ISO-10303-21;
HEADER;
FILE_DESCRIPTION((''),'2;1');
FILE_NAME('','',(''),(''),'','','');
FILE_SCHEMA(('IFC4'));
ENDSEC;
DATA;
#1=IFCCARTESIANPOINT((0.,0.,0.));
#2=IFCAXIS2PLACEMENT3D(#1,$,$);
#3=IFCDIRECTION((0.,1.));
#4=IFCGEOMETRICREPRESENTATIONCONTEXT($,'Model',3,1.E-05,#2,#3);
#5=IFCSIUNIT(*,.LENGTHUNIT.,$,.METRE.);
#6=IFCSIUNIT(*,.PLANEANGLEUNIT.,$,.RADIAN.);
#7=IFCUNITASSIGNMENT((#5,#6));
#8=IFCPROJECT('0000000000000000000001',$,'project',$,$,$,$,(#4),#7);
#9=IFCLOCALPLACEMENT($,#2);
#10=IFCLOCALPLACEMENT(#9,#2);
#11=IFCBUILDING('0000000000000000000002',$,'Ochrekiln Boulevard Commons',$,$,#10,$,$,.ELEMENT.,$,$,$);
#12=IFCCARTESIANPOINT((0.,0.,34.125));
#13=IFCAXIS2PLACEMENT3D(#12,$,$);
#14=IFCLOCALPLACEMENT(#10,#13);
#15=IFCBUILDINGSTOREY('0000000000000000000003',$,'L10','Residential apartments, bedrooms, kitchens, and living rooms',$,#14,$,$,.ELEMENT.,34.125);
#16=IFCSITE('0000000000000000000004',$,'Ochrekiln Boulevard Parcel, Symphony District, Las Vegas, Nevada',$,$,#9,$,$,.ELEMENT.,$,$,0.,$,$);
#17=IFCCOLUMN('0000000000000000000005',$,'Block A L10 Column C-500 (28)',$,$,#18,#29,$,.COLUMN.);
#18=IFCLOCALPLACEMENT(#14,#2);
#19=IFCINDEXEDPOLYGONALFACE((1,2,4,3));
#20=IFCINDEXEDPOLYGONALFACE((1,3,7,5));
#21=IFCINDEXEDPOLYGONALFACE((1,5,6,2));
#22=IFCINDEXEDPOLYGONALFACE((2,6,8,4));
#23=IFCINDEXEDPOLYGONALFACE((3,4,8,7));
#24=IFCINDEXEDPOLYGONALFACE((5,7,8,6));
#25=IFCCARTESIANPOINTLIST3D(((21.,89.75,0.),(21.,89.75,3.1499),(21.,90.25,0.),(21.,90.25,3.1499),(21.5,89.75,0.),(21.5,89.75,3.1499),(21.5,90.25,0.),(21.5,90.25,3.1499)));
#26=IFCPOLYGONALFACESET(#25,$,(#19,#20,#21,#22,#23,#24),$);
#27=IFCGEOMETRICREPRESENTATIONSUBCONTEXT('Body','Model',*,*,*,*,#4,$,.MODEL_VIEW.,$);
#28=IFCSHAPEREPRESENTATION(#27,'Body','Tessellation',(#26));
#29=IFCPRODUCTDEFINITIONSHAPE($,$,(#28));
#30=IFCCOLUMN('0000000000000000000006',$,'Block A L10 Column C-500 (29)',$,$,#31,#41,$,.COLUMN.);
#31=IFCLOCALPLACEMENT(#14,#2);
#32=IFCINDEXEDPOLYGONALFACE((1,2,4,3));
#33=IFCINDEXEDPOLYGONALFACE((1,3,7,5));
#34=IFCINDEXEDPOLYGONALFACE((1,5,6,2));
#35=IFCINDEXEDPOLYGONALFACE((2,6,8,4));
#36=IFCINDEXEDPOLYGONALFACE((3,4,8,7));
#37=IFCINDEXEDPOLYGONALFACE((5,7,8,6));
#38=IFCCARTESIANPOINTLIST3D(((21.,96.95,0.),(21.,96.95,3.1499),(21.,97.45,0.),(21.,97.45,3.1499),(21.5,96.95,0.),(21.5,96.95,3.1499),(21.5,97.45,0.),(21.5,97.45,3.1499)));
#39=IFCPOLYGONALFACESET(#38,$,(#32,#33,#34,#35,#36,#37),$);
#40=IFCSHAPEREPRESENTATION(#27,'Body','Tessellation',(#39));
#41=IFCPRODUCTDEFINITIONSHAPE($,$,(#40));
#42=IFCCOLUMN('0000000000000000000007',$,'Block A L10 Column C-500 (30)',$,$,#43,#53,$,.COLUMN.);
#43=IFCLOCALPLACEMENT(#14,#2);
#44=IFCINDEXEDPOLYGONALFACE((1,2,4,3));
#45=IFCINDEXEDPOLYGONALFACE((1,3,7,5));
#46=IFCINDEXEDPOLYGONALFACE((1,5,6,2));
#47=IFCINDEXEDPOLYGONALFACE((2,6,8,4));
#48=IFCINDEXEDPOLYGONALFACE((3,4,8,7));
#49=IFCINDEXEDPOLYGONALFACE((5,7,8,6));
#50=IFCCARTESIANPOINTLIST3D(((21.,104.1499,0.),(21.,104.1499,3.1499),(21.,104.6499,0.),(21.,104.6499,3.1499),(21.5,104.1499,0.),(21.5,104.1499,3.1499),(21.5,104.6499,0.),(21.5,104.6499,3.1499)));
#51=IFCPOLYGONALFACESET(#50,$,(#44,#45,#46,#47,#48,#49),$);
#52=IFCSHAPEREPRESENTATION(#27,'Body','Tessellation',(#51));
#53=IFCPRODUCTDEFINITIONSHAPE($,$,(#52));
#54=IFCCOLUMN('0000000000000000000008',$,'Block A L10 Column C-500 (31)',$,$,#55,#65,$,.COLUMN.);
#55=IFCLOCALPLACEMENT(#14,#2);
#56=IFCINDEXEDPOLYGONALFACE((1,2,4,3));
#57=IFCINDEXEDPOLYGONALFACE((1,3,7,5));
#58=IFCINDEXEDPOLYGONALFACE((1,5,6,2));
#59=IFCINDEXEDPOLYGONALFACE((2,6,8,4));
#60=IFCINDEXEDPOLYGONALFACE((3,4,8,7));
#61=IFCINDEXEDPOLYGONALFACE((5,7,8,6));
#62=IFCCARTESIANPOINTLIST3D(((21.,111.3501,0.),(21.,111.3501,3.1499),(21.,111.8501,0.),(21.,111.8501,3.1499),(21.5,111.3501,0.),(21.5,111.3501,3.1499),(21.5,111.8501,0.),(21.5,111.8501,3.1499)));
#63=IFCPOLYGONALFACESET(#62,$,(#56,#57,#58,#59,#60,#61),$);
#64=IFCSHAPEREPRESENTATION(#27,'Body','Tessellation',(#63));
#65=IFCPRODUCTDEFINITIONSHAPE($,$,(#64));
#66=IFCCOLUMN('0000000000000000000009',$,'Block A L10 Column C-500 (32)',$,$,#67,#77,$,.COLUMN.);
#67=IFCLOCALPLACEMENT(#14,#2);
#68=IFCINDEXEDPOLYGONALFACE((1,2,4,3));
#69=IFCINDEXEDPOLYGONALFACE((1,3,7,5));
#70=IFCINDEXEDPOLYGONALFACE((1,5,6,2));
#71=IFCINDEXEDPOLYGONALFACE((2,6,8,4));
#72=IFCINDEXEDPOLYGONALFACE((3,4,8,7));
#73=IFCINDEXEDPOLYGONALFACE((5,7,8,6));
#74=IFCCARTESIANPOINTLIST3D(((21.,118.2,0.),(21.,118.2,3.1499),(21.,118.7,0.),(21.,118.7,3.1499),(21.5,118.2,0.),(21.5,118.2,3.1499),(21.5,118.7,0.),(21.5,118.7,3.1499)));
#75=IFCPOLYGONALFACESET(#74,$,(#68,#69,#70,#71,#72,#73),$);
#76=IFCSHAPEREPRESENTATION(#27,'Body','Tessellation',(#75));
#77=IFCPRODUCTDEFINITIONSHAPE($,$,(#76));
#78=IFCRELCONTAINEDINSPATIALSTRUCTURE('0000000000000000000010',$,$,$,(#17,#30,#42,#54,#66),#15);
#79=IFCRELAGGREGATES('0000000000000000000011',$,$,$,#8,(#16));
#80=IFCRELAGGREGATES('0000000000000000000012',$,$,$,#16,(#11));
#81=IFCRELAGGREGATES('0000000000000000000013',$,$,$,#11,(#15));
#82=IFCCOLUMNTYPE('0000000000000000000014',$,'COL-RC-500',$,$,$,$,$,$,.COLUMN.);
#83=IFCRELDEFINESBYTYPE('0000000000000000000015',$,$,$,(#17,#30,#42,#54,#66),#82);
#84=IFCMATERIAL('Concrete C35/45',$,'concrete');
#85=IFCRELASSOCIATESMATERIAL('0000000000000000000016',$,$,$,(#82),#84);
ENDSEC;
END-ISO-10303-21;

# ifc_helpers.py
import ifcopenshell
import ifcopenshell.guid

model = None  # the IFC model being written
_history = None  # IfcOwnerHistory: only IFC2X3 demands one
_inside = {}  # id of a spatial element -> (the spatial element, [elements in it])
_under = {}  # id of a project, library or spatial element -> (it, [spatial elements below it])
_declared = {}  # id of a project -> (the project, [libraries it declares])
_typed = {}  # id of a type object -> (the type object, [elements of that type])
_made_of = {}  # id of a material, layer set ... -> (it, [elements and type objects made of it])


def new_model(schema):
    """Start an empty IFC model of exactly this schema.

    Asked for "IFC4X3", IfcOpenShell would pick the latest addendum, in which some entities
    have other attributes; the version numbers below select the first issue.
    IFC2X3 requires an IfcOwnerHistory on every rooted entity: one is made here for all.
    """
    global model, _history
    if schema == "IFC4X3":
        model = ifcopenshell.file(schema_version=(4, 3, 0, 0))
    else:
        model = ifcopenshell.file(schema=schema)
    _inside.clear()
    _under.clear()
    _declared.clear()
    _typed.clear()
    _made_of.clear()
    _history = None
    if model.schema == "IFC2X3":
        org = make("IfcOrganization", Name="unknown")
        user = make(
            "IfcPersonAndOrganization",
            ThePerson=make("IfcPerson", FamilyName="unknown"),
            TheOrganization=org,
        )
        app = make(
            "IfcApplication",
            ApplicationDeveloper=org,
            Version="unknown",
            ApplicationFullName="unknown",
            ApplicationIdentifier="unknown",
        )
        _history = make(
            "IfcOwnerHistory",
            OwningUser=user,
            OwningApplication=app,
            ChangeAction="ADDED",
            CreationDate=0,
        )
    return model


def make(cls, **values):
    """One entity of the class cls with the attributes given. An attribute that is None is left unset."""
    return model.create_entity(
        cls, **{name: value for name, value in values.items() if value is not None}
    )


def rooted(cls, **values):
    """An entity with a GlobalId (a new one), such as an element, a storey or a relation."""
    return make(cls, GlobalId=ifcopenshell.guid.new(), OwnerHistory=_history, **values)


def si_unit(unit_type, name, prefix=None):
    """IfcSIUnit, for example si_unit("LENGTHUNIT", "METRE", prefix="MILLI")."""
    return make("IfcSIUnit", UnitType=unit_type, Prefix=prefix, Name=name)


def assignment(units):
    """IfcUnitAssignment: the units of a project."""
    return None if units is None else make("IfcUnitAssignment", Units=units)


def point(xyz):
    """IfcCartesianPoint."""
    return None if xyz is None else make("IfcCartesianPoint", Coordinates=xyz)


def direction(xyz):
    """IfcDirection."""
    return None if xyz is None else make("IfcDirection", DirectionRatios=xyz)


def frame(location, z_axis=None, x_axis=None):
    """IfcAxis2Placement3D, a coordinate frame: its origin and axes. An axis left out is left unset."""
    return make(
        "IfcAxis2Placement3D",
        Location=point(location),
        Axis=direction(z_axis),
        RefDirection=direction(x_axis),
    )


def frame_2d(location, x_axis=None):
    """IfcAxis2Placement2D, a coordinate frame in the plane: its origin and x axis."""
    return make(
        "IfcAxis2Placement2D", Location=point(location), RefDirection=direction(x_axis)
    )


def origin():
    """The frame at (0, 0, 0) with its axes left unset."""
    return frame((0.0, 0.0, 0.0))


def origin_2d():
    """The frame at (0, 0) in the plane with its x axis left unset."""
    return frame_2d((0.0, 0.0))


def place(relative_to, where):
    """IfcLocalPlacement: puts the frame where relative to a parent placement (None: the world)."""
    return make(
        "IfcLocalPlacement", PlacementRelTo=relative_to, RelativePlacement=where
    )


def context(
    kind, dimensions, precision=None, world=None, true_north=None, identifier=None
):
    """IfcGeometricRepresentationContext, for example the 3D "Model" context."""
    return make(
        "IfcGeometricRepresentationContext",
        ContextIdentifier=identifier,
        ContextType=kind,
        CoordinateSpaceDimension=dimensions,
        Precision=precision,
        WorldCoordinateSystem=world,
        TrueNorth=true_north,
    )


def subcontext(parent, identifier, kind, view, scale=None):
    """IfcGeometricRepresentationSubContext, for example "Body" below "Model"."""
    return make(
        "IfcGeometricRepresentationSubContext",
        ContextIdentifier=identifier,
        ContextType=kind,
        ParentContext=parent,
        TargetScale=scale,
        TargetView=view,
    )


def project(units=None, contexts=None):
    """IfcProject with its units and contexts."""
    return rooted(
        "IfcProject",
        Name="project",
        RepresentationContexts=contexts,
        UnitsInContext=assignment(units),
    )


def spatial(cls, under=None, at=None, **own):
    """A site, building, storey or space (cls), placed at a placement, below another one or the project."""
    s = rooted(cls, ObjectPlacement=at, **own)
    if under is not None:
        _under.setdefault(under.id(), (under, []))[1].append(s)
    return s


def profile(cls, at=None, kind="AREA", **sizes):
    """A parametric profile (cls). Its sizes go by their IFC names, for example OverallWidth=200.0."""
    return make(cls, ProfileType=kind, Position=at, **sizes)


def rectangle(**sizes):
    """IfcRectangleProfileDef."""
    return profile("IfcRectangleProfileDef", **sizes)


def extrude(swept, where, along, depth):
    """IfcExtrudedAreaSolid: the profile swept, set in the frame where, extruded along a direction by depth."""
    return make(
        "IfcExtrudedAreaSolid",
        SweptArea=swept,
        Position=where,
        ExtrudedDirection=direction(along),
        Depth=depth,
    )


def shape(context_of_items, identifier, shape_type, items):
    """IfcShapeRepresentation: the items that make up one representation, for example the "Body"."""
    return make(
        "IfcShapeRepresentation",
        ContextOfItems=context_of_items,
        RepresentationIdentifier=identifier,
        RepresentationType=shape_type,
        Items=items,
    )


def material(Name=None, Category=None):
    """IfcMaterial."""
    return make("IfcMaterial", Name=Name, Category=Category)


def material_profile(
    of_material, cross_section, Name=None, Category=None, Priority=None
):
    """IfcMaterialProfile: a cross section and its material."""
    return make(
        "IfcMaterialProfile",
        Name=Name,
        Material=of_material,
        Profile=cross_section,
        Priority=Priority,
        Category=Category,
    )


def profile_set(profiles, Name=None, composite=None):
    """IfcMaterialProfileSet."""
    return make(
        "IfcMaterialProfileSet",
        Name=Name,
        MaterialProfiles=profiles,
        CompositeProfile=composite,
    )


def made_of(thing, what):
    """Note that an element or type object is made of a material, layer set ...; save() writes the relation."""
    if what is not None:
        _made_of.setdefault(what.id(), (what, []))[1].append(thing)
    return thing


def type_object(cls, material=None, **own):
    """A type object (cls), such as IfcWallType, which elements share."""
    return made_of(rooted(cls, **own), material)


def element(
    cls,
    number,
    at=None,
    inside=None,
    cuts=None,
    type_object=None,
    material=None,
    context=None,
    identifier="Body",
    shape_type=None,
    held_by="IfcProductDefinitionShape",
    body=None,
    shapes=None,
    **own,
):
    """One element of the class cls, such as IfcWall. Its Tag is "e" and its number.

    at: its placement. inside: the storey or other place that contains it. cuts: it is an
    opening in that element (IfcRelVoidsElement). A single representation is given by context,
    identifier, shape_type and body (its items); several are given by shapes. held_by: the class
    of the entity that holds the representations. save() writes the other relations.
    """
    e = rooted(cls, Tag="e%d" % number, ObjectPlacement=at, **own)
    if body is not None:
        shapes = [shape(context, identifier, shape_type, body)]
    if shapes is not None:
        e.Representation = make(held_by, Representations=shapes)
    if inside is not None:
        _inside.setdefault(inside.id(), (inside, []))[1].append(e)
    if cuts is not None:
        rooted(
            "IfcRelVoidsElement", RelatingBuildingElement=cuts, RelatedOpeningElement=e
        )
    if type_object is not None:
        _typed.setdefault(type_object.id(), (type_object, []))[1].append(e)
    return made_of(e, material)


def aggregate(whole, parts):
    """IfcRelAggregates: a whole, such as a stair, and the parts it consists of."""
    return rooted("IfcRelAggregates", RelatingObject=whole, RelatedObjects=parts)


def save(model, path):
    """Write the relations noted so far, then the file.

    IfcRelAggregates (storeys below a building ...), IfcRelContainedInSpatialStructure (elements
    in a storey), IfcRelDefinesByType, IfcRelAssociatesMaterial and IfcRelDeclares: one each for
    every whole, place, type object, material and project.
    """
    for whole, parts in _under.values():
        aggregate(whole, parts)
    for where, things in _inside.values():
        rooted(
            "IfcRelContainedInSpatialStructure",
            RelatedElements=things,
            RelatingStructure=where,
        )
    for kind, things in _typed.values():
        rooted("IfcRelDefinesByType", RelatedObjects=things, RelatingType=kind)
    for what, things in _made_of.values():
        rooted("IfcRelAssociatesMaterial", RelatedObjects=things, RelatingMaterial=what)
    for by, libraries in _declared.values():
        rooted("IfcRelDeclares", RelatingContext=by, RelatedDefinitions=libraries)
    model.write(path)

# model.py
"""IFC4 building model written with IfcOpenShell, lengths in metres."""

from ifc_helpers import new_model, si_unit, direction, frame, origin, origin_2d, place, context, subcontext, project, spatial, rectangle, extrude, material, material_profile, profile_set, type_object, element, save


model = new_model("IFC4")

# Units and contexts
model_context = context("Model", 3, precision=1e-05, world=origin(), true_north=direction((0.0, 1.0)))
body_context = subcontext(model_context, "Body", "Model", "MODEL_VIEW")
ifc_project = project(units=[si_unit("LENGTHUNIT", "METRE"), si_unit("PLANEANGLEUNIT", "RADIAN")], contexts=[model_context])

# Site, building, storey
site_placement = place(None, origin())
site = spatial("IfcSite", under=ifc_project, at=site_placement, Name="Ochrekiln Boulevard Parcel, Symphony District, Las Vegas, Nevada", CompositionType="ELEMENT", RefElevation=0.0)
building_placement = place(site_placement, origin())
building = spatial("IfcBuilding", under=site, at=building_placement, Name="Ochrekiln Boulevard Commons", CompositionType="ELEMENT")
storey_placement = place(building_placement, frame((0.0, 0.0, 34.125)))
storey = spatial("IfcBuildingStorey", under=building, at=storey_placement, Name="L10", Description="Residential apartments, bedrooms, kitchens, and living rooms", CompositionType="ELEMENT", Elevation=34.125)

# Columns
ifc_material_1 = material(Name="Concrete C35/45", Category="concrete")
ifc_material_profile = material_profile(ifc_material_1, rectangle(XDim=0.5, YDim=0.5, at=origin_2d()), Name="RC-COL-500x500")
ifc_profile_set = profile_set([ifc_material_profile], Name="Concrete C35/45")
column_type = type_object("IfcColumnType", Name="COL-RC-500", PredefinedType="COLUMN", material=ifc_profile_set)
for number, where, z_axis, x_axis, name in (
    (1, (21.25, 90.0, 0.0), (0.0, 0.0, 1.0), (1.0, 0.0, 0.0), "Block A L10 Column C-500 (28)"),
    (2, (21.25, 97.2, 0.0), (0.0, 0.0, 1.0), (1.0, 0.0, 0.0), "Block A L10 Column C-500 (29)"),
    (3, (21.25, 104.3999, 0.0), (0.0, 0.0, 1.0), (1.0, 0.0, 0.0), "Block A L10 Column C-500 (30)"),
    (4, (21.25, 111.6001, 0.0), (0.0, 0.0, 1.0), (1.0, 0.0, 0.0), "Block A L10 Column C-500 (31)"),
    (5, (21.25, 118.45, 0.0), (0.0, 0.0, 1.0), (1.0, 0.0, 0.0), "Block A L10 Column C-500 (32)"),
):
    element("IfcColumn", number, at=place(storey_placement, frame(where, z_axis=z_axis, x_axis=x_axis)), inside=storey, type_object=column_type, Name=name, PredefinedType="COLUMN", context=body_context, shape_type="SweptSolid", body=[
        extrude(rectangle(XDim=0.5, YDim=0.5, at=origin_2d()), origin(), (0.0, 0.0, 1.0), 3.1499),
    ])

save(model, "model.ifc")
